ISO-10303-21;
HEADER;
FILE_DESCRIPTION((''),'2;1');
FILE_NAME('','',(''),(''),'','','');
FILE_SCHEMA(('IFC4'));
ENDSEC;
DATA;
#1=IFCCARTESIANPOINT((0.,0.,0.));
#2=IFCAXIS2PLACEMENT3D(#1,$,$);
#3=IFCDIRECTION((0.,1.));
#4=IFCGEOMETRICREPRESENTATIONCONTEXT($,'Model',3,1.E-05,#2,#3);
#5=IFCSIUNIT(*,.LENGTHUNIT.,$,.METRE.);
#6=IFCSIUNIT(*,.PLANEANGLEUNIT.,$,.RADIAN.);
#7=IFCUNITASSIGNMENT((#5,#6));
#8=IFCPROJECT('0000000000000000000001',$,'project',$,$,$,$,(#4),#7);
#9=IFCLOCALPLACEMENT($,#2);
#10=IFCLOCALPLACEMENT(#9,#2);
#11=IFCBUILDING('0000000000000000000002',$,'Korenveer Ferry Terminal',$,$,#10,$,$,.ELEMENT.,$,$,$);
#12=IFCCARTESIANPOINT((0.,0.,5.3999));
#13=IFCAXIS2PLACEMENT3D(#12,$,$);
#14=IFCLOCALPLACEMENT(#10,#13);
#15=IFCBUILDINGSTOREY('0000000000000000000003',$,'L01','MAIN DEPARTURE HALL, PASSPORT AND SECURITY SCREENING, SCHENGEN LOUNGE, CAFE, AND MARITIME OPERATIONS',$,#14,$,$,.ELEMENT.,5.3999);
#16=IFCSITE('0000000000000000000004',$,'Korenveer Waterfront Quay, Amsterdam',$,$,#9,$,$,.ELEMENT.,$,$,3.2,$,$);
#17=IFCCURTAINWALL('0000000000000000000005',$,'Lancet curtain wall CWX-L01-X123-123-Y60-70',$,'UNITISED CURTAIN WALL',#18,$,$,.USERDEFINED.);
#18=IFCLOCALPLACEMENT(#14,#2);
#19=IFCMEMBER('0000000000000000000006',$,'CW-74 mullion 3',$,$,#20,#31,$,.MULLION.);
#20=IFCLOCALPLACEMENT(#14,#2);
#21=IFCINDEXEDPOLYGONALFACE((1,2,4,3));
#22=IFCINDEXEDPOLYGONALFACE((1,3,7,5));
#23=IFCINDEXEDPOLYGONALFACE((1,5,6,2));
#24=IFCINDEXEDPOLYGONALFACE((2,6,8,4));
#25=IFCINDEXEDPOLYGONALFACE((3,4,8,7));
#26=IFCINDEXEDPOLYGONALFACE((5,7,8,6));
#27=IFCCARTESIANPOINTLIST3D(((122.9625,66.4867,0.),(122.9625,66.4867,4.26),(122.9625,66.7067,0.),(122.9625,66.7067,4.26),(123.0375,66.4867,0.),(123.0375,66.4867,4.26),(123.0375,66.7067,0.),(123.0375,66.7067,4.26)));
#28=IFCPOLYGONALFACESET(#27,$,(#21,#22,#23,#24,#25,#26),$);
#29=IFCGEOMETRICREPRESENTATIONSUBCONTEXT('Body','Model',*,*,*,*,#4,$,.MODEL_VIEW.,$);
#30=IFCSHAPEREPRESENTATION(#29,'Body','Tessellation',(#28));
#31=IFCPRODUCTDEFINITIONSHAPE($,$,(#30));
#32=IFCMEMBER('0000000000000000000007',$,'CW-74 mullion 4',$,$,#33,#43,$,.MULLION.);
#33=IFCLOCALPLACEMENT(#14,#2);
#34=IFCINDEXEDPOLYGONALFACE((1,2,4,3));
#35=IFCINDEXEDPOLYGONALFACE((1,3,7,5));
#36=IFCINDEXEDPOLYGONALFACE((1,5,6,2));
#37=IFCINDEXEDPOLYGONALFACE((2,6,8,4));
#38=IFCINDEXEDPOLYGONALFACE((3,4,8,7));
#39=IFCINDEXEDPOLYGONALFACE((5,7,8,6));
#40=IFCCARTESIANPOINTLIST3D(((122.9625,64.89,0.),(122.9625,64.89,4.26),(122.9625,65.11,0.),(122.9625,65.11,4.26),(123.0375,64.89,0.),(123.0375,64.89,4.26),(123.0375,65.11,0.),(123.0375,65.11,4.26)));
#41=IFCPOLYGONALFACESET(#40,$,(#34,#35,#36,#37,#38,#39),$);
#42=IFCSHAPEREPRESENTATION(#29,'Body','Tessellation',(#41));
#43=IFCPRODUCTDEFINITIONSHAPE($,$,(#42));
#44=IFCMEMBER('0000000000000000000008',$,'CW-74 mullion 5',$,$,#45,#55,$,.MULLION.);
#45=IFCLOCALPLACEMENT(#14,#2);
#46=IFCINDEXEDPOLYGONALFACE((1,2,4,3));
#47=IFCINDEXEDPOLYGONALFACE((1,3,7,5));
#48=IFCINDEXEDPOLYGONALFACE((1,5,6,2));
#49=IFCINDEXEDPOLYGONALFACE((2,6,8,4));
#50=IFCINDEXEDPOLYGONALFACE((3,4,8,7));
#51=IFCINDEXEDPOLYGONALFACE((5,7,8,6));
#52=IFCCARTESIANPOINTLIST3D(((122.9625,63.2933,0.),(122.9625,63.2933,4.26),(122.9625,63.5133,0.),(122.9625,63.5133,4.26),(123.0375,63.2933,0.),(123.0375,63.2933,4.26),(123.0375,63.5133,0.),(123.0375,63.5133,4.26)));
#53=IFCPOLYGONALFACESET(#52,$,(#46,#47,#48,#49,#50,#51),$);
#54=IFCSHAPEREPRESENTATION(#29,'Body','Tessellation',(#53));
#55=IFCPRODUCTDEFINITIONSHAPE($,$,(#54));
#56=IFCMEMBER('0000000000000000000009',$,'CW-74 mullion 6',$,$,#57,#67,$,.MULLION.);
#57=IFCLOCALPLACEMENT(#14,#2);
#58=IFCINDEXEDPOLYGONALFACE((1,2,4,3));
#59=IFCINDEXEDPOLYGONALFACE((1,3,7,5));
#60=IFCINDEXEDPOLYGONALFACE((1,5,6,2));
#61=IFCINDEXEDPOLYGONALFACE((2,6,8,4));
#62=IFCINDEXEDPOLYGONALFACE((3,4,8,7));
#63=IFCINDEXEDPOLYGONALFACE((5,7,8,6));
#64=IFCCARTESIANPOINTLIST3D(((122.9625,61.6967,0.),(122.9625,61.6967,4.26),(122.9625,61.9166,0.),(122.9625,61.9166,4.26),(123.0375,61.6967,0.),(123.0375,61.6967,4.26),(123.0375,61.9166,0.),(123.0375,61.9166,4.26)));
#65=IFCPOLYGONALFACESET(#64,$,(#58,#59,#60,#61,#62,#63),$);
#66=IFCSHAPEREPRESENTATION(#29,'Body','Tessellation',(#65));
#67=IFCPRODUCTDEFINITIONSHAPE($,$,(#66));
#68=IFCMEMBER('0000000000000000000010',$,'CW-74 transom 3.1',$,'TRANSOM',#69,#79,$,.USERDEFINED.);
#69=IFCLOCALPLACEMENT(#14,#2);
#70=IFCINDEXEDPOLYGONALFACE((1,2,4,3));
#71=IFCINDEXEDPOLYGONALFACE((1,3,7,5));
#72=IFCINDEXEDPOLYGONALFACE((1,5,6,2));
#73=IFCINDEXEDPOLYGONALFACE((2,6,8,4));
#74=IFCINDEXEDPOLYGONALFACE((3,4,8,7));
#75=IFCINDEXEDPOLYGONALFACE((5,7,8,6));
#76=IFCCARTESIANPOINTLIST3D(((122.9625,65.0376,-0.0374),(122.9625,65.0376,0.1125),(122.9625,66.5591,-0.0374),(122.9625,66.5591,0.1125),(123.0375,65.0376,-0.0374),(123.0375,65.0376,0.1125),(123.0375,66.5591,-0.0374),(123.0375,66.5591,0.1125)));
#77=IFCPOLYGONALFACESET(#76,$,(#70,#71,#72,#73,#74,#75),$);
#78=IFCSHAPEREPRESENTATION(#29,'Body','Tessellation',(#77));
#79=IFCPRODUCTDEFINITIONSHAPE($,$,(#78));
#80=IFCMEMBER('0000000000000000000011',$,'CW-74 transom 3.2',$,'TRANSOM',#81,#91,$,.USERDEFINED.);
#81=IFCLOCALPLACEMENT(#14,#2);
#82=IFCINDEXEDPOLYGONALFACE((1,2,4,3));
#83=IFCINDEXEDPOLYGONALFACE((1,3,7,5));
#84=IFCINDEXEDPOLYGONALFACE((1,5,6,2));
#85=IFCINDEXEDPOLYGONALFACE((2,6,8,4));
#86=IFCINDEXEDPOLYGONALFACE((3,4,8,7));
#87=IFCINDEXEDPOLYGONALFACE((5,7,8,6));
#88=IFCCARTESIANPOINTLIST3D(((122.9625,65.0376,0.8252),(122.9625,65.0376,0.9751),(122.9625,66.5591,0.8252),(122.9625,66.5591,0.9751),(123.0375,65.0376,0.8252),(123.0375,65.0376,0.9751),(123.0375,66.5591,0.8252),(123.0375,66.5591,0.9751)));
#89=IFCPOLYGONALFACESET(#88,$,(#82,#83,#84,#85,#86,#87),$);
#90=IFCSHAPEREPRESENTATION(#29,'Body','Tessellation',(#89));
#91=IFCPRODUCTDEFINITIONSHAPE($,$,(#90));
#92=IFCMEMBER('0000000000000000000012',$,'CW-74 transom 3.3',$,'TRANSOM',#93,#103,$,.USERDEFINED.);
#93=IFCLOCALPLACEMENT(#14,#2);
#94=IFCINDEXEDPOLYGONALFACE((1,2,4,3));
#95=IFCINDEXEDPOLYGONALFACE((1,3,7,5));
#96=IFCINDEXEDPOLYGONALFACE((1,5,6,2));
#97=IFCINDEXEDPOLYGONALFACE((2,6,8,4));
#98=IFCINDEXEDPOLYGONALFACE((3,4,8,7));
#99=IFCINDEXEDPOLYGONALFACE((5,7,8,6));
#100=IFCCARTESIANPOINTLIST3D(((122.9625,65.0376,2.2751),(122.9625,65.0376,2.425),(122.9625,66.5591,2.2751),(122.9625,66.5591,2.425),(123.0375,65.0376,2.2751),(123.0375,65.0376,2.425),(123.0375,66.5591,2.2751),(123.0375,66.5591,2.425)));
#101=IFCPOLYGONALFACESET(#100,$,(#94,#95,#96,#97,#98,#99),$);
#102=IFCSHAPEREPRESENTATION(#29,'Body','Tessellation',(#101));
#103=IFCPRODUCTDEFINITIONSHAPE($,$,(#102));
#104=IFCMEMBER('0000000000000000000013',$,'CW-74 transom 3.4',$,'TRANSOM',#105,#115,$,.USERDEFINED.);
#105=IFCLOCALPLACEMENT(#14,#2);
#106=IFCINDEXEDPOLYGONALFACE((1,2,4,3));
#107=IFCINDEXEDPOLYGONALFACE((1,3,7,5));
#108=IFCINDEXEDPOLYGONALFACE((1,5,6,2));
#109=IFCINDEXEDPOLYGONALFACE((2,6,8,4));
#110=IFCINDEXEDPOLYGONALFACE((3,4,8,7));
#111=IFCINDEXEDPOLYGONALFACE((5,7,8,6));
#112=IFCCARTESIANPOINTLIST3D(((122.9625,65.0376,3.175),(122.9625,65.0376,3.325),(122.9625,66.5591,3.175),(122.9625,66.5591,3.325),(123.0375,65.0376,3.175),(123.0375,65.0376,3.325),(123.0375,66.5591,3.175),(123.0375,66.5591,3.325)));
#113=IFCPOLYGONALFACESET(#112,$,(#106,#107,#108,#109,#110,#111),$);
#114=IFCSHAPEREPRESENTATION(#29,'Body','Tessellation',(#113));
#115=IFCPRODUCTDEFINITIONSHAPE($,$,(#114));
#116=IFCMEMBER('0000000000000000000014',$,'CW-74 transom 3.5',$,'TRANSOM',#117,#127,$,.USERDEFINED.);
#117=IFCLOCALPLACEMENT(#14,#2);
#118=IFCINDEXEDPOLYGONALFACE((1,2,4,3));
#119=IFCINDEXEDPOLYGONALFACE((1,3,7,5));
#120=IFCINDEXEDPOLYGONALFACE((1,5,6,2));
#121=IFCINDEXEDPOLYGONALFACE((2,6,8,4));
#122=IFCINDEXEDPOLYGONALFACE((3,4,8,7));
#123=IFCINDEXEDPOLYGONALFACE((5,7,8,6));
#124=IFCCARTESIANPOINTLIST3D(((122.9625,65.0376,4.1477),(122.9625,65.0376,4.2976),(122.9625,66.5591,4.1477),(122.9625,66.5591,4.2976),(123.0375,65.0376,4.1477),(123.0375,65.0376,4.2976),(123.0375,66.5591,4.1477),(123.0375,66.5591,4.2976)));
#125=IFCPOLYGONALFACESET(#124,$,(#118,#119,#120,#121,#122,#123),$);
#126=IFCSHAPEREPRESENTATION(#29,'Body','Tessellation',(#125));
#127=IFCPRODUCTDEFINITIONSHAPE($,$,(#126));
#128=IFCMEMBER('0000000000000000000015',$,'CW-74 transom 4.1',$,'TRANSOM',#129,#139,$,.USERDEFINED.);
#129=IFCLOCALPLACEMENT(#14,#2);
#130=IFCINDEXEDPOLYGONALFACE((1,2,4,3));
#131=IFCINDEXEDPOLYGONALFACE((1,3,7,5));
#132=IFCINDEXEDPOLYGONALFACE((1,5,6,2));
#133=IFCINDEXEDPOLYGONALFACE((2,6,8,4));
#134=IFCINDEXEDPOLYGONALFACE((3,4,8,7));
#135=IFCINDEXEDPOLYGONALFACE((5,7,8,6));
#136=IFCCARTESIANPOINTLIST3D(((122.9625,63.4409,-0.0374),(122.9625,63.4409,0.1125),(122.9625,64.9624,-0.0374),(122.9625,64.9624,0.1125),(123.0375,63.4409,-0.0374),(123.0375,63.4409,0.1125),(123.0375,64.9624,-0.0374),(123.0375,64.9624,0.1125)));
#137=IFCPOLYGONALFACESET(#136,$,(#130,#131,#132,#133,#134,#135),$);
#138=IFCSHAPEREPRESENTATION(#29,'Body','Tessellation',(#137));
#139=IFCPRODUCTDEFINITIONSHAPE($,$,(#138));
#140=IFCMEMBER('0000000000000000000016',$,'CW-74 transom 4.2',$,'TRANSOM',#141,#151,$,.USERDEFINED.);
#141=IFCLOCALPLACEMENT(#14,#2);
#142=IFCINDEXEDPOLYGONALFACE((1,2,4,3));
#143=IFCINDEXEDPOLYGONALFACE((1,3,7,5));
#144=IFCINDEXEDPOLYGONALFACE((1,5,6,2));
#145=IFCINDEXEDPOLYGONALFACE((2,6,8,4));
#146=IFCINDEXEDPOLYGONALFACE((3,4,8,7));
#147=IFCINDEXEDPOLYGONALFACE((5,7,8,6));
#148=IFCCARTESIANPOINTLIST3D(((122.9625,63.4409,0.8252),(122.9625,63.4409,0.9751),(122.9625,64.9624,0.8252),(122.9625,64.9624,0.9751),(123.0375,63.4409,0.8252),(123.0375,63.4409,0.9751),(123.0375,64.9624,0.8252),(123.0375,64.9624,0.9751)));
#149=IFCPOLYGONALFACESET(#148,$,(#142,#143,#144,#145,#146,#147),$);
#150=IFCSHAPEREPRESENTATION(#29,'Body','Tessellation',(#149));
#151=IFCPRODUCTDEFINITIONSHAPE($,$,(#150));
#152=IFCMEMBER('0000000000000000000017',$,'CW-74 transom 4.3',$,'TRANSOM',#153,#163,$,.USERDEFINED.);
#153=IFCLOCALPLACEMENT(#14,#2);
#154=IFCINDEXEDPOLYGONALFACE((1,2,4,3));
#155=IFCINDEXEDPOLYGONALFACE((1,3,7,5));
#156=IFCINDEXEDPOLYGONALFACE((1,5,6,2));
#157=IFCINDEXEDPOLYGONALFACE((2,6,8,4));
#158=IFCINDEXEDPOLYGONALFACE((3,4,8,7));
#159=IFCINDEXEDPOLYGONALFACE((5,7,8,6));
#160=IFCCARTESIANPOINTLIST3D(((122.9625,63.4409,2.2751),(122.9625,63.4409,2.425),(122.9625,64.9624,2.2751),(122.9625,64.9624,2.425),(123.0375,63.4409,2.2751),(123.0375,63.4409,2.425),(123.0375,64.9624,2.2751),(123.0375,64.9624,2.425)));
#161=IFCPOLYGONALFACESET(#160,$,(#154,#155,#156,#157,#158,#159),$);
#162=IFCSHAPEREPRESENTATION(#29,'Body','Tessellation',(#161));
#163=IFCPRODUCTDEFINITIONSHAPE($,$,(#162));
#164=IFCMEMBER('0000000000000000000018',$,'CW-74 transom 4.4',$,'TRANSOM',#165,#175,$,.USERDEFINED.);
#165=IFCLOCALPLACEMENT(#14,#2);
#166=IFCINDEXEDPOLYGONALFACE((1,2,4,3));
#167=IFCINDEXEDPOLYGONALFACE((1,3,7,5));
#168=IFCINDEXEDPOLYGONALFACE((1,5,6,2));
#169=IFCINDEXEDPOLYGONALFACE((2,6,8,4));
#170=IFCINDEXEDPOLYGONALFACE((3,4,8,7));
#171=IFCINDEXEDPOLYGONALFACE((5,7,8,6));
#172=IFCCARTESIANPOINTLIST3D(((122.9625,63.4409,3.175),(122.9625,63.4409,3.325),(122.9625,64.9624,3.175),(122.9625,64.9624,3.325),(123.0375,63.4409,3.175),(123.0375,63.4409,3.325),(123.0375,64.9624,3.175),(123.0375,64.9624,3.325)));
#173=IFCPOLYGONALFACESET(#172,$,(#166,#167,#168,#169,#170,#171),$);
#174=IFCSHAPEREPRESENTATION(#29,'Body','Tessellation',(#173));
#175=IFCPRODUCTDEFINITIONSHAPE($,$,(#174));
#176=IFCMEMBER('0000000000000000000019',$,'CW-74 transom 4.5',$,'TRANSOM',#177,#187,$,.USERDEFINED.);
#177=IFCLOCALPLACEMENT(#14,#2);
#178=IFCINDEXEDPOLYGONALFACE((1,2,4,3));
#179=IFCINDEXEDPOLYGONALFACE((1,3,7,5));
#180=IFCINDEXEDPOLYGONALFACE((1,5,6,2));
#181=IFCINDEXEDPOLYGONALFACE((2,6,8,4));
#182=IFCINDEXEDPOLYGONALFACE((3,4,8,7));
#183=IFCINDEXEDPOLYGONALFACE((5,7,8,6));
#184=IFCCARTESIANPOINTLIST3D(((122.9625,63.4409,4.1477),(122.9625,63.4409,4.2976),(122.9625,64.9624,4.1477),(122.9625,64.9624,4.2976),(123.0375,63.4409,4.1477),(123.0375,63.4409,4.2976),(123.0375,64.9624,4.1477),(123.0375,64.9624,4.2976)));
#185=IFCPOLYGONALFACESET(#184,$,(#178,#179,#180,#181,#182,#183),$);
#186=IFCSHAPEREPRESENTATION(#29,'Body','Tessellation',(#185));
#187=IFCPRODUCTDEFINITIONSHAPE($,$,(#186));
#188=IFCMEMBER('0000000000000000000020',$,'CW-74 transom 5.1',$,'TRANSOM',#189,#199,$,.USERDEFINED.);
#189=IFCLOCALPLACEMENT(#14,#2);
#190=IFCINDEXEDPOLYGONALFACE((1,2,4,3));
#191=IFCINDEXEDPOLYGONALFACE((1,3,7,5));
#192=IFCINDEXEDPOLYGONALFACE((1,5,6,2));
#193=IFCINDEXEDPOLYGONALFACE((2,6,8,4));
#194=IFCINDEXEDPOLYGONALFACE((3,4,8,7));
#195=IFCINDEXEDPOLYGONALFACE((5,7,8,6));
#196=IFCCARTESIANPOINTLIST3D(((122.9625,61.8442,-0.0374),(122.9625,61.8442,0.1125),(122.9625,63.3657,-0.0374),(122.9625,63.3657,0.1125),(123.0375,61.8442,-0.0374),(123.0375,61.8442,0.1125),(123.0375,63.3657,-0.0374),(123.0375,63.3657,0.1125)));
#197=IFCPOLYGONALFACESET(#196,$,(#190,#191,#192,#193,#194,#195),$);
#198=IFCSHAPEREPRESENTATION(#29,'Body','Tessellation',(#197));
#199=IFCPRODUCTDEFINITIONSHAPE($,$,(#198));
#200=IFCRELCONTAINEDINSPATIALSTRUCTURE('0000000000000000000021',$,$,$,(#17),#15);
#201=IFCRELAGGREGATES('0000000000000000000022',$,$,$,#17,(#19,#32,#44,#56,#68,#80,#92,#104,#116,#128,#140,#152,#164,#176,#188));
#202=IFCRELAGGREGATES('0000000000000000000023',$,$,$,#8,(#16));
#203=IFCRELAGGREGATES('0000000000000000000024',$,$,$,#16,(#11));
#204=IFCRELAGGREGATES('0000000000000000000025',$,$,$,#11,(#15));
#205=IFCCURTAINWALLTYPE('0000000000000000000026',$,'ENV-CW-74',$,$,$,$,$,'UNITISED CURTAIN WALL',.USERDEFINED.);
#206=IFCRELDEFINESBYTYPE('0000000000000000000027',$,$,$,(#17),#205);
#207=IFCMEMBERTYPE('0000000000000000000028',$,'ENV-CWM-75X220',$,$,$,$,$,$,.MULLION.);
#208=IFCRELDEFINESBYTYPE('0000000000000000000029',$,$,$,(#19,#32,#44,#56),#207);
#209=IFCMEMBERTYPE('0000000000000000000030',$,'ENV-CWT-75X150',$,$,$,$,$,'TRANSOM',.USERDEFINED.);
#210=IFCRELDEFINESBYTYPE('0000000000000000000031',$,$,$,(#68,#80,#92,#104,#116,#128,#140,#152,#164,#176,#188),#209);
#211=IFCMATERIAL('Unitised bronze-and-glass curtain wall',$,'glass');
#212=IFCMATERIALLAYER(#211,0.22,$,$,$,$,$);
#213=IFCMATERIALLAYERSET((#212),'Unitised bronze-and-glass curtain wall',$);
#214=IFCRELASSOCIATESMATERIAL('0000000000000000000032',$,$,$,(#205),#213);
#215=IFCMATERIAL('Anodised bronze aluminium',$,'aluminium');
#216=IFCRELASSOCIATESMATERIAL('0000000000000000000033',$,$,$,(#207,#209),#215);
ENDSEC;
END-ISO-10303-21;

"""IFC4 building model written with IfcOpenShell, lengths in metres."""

from ifc_helpers import new_model, si_unit, direction, frame, origin, origin_2d, place, context, subcontext, project, spatial, rectangle, extrude, material, layer, layer_set, material_profile, profile_set, type_object, element, aggregate, save


model = new_model("IFC4")

# Units and contexts
model_context = context("Model", 3, precision=1e-05, world=origin(), true_north=direction((0.0, 1.0)))
body_context = subcontext(model_context, "Body", "Model", "MODEL_VIEW")
ifc_project = project(units=[si_unit("LENGTHUNIT", "METRE"), si_unit("PLANEANGLEUNIT", "RADIAN")], contexts=[model_context])

# Site, building, storey
site_placement = place(None, origin())
site = spatial("IfcSite", under=ifc_project, at=site_placement, Name="Korenveer Waterfront Quay, Amsterdam", CompositionType="ELEMENT", RefElevation=3.2)
building_placement = place(site_placement, origin())
building = spatial("IfcBuilding", under=site, at=building_placement, Name="Korenveer Ferry Terminal", CompositionType="ELEMENT")
storey_placement = place(building_placement, frame((0.0, 0.0, 5.3999)))
storey = spatial("IfcBuildingStorey", under=building, at=storey_placement, Name="L01", Description="MAIN DEPARTURE HALL, PASSPORT AND SECURITY SCREENING, SCHENGEN LOUNGE, CAFE, AND MARITIME OPERATIONS", CompositionType="ELEMENT", Elevation=5.3999)

# Curtain wall, members
ifc_material_1 = material(Name="Unitised bronze-and-glass curtain wall", Category="glass")
ifc_layer_1 = layer(ifc_material_1, 0.22)
ifc_layer_set_1 = layer_set([ifc_layer_1], Name="Unitised bronze-and-glass curtain wall")
curtain_wall_type = type_object("IfcCurtainWallType", Name="ENV-CW-74", ElementType="UNITISED CURTAIN WALL", PredefinedType="USERDEFINED", material=ifc_layer_set_1)
curtain_wall_placement = place(storey_placement, frame((123.0, 69.79, 0.0)))
curtain_wall = element("IfcCurtainWall", 1, at=curtain_wall_placement, inside=storey, type_object=curtain_wall_type, Name="Lancet curtain wall CWX-L01-X123-123-Y60-70", ObjectType="UNITISED CURTAIN WALL", PredefinedType="USERDEFINED")
ifc_material_2 = material(Name="Anodised bronze aluminium", Category="aluminium")
ifc_material_profile_1 = material_profile(ifc_material_2, rectangle(XDim=0.075, YDim=0.22, at=origin_2d()), Name="ALU 75x220")
ifc_profile_set_1 = profile_set([ifc_material_profile_1], Name="Anodised bronze aluminium")
member_type_1 = type_object("IfcMemberType", Name="ENV-CWM-75X220", PredefinedType="MULLION", material=ifc_profile_set_1)
member_1_placement = place(storey_placement, frame((123.0, 66.5967, 0.0), z_axis=(0.0, 0.0, 1.0), x_axis=(1.0, 0.0, 0.0)))
member_1 = element("IfcMember", 2, at=member_1_placement, type_object=member_type_1, Name="CW-74 mullion 3", PredefinedType="MULLION", context=body_context, shape_type="SweptSolid", body=[
    extrude(rectangle(XDim=0.075, YDim=0.22, at=origin_2d()), origin(), (0.0, 0.0, 1.0), 4.26),
])
member_2_placement = place(storey_placement, frame((123.0, 65.0, 0.0), z_axis=(0.0, 0.0, 1.0), x_axis=(1.0, 0.0, 0.0)))
member_2 = element("IfcMember", 3, at=member_2_placement, type_object=member_type_1, Name="CW-74 mullion 4", PredefinedType="MULLION", context=body_context, shape_type="SweptSolid", body=[
    extrude(rectangle(XDim=0.075, YDim=0.22, at=origin_2d()), origin(), (0.0, 0.0, 1.0), 4.26),
])
member_3_placement = place(storey_placement, frame((123.0, 63.4033, 0.0), z_axis=(0.0, 0.0, 1.0), x_axis=(1.0, 0.0, 0.0)))
member_3 = element("IfcMember", 4, at=member_3_placement, type_object=member_type_1, Name="CW-74 mullion 5", PredefinedType="MULLION", context=body_context, shape_type="SweptSolid", body=[
    extrude(rectangle(XDim=0.075, YDim=0.22, at=origin_2d()), origin(), (0.0, 0.0, 1.0), 4.26),
])
member_4_placement = place(storey_placement, frame((123.0, 61.8066, 0.0), z_axis=(0.0, 0.0, 1.0), x_axis=(1.0, 0.0, 0.0)))
member_4 = element("IfcMember", 5, at=member_4_placement, type_object=member_type_1, Name="CW-74 mullion 6", PredefinedType="MULLION", context=body_context, shape_type="SweptSolid", body=[
    extrude(rectangle(XDim=0.075, YDim=0.22, at=origin_2d()), origin(), (0.0, 0.0, 1.0), 4.26),
])
ifc_material_profile_2 = material_profile(ifc_material_2, rectangle(XDim=0.075, YDim=0.1499, at=origin_2d()), Name="ALU 75x150")
ifc_profile_set_2 = profile_set([ifc_material_profile_2], Name="Anodised bronze aluminium")
member_type_2 = type_object("IfcMemberType", Name="ENV-CWT-75X150", ElementType="TRANSOM", PredefinedType="USERDEFINED", material=ifc_profile_set_2)
member_5_placement = place(storey_placement, frame((123.0, 66.5591, 0.0376), z_axis=(0.0, -1.0, 0.0), x_axis=(1.0, 0.0, 0.0)))
member_5 = element("IfcMember", 6, at=member_5_placement, type_object=member_type_2, Name="CW-74 transom 3.1", ObjectType="TRANSOM", PredefinedType="USERDEFINED", context=body_context, shape_type="SweptSolid", body=[
    extrude(rectangle(XDim=0.075, YDim=0.1499, at=origin_2d()), origin(), (0.0, 0.0, 1.0), 1.5215),
])
member_6_placement = place(storey_placement, frame((123.0, 66.5591, 0.9001), z_axis=(0.0, -1.0, 0.0), x_axis=(1.0, 0.0, 0.0)))
member_6 = element("IfcMember", 7, at=member_6_placement, type_object=member_type_2, Name="CW-74 transom 3.2", ObjectType="TRANSOM", PredefinedType="USERDEFINED", context=body_context, shape_type="SweptSolid", body=[
    extrude(rectangle(XDim=0.075, YDim=0.1499, at=origin_2d()), origin(), (0.0, 0.0, 1.0), 1.5215),
])
member_7_placement = place(storey_placement, frame((123.0, 66.5591, 2.3501), z_axis=(0.0, -1.0, 0.0), x_axis=(1.0, 0.0, 0.0)))
member_7 = element("IfcMember", 8, at=member_7_placement, type_object=member_type_2, Name="CW-74 transom 3.3", ObjectType="TRANSOM", PredefinedType="USERDEFINED", context=body_context, shape_type="SweptSolid", body=[
    extrude(rectangle(XDim=0.075, YDim=0.1499, at=origin_2d()), origin(), (0.0, 0.0, 1.0), 1.5215),
])
member_8_placement = place(storey_placement, frame((123.0, 66.5591, 3.25), z_axis=(0.0, -1.0, 0.0), x_axis=(1.0, 0.0, 0.0)))
member_8 = element("IfcMember", 9, at=member_8_placement, type_object=member_type_2, Name="CW-74 transom 3.4", ObjectType="TRANSOM", PredefinedType="USERDEFINED", context=body_context, shape_type="SweptSolid", body=[
    extrude(rectangle(XDim=0.075, YDim=0.1499, at=origin_2d()), origin(), (0.0, 0.0, 1.0), 1.5215),
])
member_9_placement = place(storey_placement, frame((123.0, 66.5591, 4.2227), z_axis=(0.0, -1.0, 0.0), x_axis=(1.0, 0.0, 0.0)))
member_9 = element("IfcMember", 10, at=member_9_placement, type_object=member_type_2, Name="CW-74 transom 3.5", ObjectType="TRANSOM", PredefinedType="USERDEFINED", context=body_context, shape_type="SweptSolid", body=[
    extrude(rectangle(XDim=0.075, YDim=0.1499, at=origin_2d()), origin(), (0.0, 0.0, 1.0), 1.5215),
])
member_10_placement = place(storey_placement, frame((123.0, 64.9624, 0.0376), z_axis=(0.0, -1.0, 0.0), x_axis=(1.0, 0.0, 0.0)))
member_10 = element("IfcMember", 11, at=member_10_placement, type_object=member_type_2, Name="CW-74 transom 4.1", ObjectType="TRANSOM", PredefinedType="USERDEFINED", context=body_context, shape_type="SweptSolid", body=[
    extrude(rectangle(XDim=0.075, YDim=0.1499, at=origin_2d()), origin(), (0.0, 0.0, 1.0), 1.5215),
])
member_11_placement = place(storey_placement, frame((123.0, 64.9624, 0.9001), z_axis=(0.0, -1.0, 0.0), x_axis=(1.0, 0.0, 0.0)))
member_11 = element("IfcMember", 12, at=member_11_placement, type_object=member_type_2, Name="CW-74 transom 4.2", ObjectType="TRANSOM", PredefinedType="USERDEFINED", context=body_context, shape_type="SweptSolid", body=[
    extrude(rectangle(XDim=0.075, YDim=0.1499, at=origin_2d()), origin(), (0.0, 0.0, 1.0), 1.5215),
])
member_12_placement = place(storey_placement, frame((123.0, 64.9624, 2.3501), z_axis=(0.0, -1.0, 0.0), x_axis=(1.0, 0.0, 0.0)))
member_12 = element("IfcMember", 13, at=member_12_placement, type_object=member_type_2, Name="CW-74 transom 4.3", ObjectType="TRANSOM", PredefinedType="USERDEFINED", context=body_context, shape_type="SweptSolid", body=[
    extrude(rectangle(XDim=0.075, YDim=0.1499, at=origin_2d()), origin(), (0.0, 0.0, 1.0), 1.5215),
])
member_13_placement = place(storey_placement, frame((123.0, 64.9624, 3.25), z_axis=(0.0, -1.0, 0.0), x_axis=(1.0, 0.0, 0.0)))
member_13 = element("IfcMember", 14, at=member_13_placement, type_object=member_type_2, Name="CW-74 transom 4.4", ObjectType="TRANSOM", PredefinedType="USERDEFINED", context=body_context, shape_type="SweptSolid", body=[
    extrude(rectangle(XDim=0.075, YDim=0.1499, at=origin_2d()), origin(), (0.0, 0.0, 1.0), 1.5215),
])
member_14_placement = place(storey_placement, frame((123.0, 64.9624, 4.2227), z_axis=(0.0, -1.0, 0.0), x_axis=(1.0, 0.0, 0.0)))
member_14 = element("IfcMember", 15, at=member_14_placement, type_object=member_type_2, Name="CW-74 transom 4.5", ObjectType="TRANSOM", PredefinedType="USERDEFINED", context=body_context, shape_type="SweptSolid", body=[
    extrude(rectangle(XDim=0.075, YDim=0.1499, at=origin_2d()), origin(), (0.0, 0.0, 1.0), 1.5215),
])
member_15_placement = place(storey_placement, frame((123.0, 63.3657, 0.0376), z_axis=(0.0, -1.0, 0.0), x_axis=(1.0, 0.0, 0.0)))
member_15 = element("IfcMember", 16, at=member_15_placement, type_object=member_type_2, Name="CW-74 transom 5.1", ObjectType="TRANSOM", PredefinedType="USERDEFINED", context=body_context, shape_type="SweptSolid", body=[
    extrude(rectangle(XDim=0.075, YDim=0.1499, at=origin_2d()), origin(), (0.0, 0.0, 1.0), 1.5215),
])
aggregate(curtain_wall, [member_1, member_2, member_3, member_4, member_5, member_6, member_7, member_8, member_9, member_10, member_11, member_12, member_13, member_14, member_15])

save(model, "model.ifc")
